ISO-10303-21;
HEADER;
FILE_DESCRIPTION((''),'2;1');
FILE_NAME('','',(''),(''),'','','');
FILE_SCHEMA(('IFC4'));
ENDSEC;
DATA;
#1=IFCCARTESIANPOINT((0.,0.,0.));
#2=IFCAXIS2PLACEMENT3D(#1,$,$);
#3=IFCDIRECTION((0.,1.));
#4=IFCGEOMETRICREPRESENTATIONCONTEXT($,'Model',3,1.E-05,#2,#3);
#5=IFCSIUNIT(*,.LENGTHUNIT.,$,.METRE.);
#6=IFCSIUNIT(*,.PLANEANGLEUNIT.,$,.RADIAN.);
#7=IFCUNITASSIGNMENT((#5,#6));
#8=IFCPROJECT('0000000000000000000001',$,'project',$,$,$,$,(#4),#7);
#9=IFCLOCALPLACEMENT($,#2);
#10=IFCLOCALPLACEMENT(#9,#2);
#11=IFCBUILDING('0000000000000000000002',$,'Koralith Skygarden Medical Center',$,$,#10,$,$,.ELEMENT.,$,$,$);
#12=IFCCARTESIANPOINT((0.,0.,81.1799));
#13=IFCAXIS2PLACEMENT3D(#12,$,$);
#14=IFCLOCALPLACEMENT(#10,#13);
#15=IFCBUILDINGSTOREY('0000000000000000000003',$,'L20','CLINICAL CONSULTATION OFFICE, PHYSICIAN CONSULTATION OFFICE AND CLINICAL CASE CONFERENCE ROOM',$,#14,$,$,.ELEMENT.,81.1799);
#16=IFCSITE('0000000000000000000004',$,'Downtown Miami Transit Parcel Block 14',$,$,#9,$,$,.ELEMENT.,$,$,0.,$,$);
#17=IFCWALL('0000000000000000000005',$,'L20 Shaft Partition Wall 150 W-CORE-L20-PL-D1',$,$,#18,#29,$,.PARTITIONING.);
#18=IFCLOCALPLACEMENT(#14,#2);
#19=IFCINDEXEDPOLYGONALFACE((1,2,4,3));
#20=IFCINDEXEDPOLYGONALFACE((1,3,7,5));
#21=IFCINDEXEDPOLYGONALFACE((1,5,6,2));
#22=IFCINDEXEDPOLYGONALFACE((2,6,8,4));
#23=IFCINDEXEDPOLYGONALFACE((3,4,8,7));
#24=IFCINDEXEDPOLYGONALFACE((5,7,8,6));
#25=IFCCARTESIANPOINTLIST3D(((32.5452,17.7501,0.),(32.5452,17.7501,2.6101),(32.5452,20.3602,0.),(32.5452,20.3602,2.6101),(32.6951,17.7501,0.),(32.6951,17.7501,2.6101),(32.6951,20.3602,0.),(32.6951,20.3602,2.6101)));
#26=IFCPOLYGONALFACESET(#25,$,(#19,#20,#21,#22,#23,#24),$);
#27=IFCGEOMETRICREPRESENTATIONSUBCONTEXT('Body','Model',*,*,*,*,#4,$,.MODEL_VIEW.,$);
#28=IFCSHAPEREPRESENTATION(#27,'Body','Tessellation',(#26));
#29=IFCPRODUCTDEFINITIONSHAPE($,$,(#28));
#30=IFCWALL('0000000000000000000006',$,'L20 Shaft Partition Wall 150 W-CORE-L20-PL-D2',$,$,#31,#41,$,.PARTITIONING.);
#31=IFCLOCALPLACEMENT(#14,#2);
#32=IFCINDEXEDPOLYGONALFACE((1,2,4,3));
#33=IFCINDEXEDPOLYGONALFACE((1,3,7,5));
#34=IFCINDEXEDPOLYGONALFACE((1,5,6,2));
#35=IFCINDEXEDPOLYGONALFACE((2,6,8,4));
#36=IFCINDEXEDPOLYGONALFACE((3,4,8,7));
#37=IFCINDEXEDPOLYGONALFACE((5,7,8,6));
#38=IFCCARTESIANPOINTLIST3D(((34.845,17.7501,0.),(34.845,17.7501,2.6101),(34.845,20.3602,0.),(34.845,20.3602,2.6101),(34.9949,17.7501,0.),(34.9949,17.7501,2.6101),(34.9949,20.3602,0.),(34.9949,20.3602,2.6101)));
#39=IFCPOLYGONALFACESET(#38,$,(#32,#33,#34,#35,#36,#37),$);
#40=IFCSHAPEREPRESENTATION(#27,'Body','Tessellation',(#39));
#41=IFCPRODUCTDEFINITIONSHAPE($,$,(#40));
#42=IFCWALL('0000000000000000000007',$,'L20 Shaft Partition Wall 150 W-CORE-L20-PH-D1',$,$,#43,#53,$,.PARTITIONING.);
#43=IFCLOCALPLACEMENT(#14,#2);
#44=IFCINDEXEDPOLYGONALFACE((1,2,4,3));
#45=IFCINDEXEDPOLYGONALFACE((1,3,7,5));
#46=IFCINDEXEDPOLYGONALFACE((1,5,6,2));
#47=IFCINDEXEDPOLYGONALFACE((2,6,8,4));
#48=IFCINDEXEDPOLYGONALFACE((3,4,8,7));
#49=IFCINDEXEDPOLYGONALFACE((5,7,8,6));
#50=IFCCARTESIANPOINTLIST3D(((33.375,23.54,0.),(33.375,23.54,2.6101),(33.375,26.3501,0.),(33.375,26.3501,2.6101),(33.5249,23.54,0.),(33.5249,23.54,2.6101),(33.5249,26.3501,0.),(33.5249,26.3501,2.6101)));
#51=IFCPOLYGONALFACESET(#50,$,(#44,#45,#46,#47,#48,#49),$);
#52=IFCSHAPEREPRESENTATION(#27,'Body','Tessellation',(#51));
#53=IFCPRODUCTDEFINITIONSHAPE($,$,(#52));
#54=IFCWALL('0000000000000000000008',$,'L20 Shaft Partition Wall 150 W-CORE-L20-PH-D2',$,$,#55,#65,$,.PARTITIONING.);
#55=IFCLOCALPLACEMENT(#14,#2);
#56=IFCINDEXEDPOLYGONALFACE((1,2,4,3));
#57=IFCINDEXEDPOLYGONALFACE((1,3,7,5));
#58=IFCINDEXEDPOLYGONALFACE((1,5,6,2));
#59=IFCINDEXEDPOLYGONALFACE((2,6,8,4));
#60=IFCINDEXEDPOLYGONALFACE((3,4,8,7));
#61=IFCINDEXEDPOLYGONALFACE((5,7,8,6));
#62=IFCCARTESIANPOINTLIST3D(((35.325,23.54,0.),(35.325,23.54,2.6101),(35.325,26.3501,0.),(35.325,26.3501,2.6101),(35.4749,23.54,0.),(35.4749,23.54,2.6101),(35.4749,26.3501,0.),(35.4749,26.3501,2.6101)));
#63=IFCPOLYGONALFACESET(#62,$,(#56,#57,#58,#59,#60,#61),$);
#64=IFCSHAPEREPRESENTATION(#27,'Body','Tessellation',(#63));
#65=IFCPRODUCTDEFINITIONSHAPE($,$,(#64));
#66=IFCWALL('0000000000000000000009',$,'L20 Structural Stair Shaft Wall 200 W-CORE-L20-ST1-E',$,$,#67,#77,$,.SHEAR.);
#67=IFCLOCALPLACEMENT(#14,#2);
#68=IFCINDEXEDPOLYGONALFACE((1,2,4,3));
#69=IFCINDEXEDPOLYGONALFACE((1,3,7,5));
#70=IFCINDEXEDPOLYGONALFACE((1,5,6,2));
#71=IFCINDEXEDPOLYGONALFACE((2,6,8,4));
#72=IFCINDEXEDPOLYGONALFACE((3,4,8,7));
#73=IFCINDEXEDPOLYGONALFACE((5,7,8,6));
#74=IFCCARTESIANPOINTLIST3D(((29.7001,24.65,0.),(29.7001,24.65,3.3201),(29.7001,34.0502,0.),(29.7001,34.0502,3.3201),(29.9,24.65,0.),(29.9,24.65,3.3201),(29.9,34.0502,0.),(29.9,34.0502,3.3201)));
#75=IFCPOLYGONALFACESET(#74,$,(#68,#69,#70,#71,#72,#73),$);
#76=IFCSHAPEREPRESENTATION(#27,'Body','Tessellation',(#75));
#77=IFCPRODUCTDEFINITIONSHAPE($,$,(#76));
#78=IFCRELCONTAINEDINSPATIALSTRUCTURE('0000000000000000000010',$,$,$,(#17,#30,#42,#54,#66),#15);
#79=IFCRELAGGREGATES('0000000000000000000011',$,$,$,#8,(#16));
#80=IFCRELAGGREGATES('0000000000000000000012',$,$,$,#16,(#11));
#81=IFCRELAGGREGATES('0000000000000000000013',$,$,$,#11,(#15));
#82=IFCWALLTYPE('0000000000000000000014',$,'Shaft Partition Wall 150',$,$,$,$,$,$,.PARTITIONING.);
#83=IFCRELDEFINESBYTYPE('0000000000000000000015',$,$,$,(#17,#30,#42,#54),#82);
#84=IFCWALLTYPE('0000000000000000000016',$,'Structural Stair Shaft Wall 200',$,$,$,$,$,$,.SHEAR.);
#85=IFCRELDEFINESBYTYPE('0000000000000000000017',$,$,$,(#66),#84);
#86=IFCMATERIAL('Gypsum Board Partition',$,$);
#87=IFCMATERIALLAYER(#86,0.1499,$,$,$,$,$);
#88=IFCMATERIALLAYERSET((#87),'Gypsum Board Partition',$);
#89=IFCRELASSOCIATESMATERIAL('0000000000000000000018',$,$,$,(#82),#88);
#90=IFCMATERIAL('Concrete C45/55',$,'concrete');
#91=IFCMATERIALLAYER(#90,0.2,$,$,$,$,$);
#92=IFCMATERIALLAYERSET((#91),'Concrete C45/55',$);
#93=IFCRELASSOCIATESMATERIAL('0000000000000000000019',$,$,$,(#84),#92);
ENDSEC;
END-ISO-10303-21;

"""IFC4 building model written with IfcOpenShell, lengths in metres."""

from ifc_helpers import new_model, si_unit, direction, frame, frame_2d, origin, place, context, subcontext, project, spatial, rectangle, extrude, material, layer, layer_set, type_object, element, save


model = new_model("IFC4")

# Units and contexts
model_context = context("Model", 3, precision=1e-05, world=origin(), true_north=direction((0.0, 1.0)))
body_context = subcontext(model_context, "Body", "Model", "MODEL_VIEW")
ifc_project = project(units=[si_unit("LENGTHUNIT", "METRE"), si_unit("PLANEANGLEUNIT", "RADIAN")], contexts=[model_context])

# Site, building, storey
site_placement = place(None, origin())
site = spatial("IfcSite", under=ifc_project, at=site_placement, Name="Downtown Miami Transit Parcel Block 14", CompositionType="ELEMENT", RefElevation=0.0)
building_placement = place(site_placement, origin())
building = spatial("IfcBuilding", under=site, at=building_placement, Name="Koralith Skygarden Medical Center", CompositionType="ELEMENT")
storey_placement = place(building_placement, frame((0.0, 0.0, 81.1799)))
storey = spatial("IfcBuildingStorey", under=building, at=storey_placement, Name="L20", Description="CLINICAL CONSULTATION OFFICE, PHYSICIAN CONSULTATION OFFICE AND CLINICAL CASE CONFERENCE ROOM", CompositionType="ELEMENT", Elevation=81.1799)

# Shared definitions
ifc_material_1 = material(Name="Concrete C45/55", Category="concrete")

# Shared definitions
ifc_material_2 = material(Name="Gypsum Board Partition")

# Walls
ifc_layer_1 = layer(ifc_material_2, 0.1499)
ifc_layer_set_1 = layer_set([ifc_layer_1], Name="Gypsum Board Partition")
wall_type_1 = type_object("IfcWallType", Name="Shaft Partition Wall 150", PredefinedType="PARTITIONING", material=ifc_layer_set_1)
for number, where, z_axis, x_axis, name in (
    (1, (32.6201, 17.75, 0.0), (0.0, 0.0, 1.0), (0.0, 1.0, 0.0), "L20 Shaft Partition Wall 150 W-CORE-L20-PL-D1"),
    (2, (34.9199, 17.75, 0.0), (0.0, 0.0, 1.0), (0.0, 1.0, 0.0), "L20 Shaft Partition Wall 150 W-CORE-L20-PL-D2"),
):
    element("IfcWall", number, at=place(storey_placement, frame(where, z_axis=z_axis, x_axis=x_axis)), inside=storey, type_object=wall_type_1, Name=name, PredefinedType="PARTITIONING", context=body_context, shape_type="SweptSolid", body=[
        extrude(rectangle(XDim=2.6101, YDim=0.1499, at=frame_2d((1.3052, 0.0))), origin(), (0.0, 0.0, 1.0), 2.6101),
    ])
for number, where, z_axis, x_axis, name in (
    (3, (33.45, 23.54, 0.0), (0.0, 0.0, 1.0), (0.0, 1.0, 0.0), "L20 Shaft Partition Wall 150 W-CORE-L20-PH-D1"),
    (4, (35.3999, 23.54, 0.0), (0.0, 0.0, 1.0), (0.0, 1.0, 0.0), "L20 Shaft Partition Wall 150 W-CORE-L20-PH-D2"),
):
    element("IfcWall", number, at=place(storey_placement, frame(where, z_axis=z_axis, x_axis=x_axis)), inside=storey, type_object=wall_type_1, Name=name, PredefinedType="PARTITIONING", context=body_context, shape_type="SweptSolid", body=[
        extrude(rectangle(XDim=2.8101, YDim=0.1499, at=frame_2d((1.405, 0.0))), origin(), (0.0, 0.0, 1.0), 2.6101),
    ])
ifc_layer_2 = layer(ifc_material_1, 0.2)
ifc_layer_set_2 = layer_set([ifc_layer_2], Name="Concrete C45/55")
wall_type_2 = type_object("IfcWallType", Name="Structural Stair Shaft Wall 200", PredefinedType="SHEAR", material=ifc_layer_set_2)
wall_1_placement = place(storey_placement, frame((29.8, 24.6499, 0.0), z_axis=(0.0, 0.0, 1.0), x_axis=(0.0, 1.0, 0.0)))
element("IfcWall", 5, at=wall_1_placement, inside=storey, type_object=wall_type_2, Name="L20 Structural Stair Shaft Wall 200 W-CORE-L20-ST1-E", PredefinedType="SHEAR", context=body_context, shape_type="SweptSolid", body=[
    extrude(rectangle(XDim=9.4001, YDim=0.2, at=frame_2d((4.7002, 0.0))), origin(), (0.0, 0.0, 1.0), 3.3201),
])

save(model, "model.ifc")
